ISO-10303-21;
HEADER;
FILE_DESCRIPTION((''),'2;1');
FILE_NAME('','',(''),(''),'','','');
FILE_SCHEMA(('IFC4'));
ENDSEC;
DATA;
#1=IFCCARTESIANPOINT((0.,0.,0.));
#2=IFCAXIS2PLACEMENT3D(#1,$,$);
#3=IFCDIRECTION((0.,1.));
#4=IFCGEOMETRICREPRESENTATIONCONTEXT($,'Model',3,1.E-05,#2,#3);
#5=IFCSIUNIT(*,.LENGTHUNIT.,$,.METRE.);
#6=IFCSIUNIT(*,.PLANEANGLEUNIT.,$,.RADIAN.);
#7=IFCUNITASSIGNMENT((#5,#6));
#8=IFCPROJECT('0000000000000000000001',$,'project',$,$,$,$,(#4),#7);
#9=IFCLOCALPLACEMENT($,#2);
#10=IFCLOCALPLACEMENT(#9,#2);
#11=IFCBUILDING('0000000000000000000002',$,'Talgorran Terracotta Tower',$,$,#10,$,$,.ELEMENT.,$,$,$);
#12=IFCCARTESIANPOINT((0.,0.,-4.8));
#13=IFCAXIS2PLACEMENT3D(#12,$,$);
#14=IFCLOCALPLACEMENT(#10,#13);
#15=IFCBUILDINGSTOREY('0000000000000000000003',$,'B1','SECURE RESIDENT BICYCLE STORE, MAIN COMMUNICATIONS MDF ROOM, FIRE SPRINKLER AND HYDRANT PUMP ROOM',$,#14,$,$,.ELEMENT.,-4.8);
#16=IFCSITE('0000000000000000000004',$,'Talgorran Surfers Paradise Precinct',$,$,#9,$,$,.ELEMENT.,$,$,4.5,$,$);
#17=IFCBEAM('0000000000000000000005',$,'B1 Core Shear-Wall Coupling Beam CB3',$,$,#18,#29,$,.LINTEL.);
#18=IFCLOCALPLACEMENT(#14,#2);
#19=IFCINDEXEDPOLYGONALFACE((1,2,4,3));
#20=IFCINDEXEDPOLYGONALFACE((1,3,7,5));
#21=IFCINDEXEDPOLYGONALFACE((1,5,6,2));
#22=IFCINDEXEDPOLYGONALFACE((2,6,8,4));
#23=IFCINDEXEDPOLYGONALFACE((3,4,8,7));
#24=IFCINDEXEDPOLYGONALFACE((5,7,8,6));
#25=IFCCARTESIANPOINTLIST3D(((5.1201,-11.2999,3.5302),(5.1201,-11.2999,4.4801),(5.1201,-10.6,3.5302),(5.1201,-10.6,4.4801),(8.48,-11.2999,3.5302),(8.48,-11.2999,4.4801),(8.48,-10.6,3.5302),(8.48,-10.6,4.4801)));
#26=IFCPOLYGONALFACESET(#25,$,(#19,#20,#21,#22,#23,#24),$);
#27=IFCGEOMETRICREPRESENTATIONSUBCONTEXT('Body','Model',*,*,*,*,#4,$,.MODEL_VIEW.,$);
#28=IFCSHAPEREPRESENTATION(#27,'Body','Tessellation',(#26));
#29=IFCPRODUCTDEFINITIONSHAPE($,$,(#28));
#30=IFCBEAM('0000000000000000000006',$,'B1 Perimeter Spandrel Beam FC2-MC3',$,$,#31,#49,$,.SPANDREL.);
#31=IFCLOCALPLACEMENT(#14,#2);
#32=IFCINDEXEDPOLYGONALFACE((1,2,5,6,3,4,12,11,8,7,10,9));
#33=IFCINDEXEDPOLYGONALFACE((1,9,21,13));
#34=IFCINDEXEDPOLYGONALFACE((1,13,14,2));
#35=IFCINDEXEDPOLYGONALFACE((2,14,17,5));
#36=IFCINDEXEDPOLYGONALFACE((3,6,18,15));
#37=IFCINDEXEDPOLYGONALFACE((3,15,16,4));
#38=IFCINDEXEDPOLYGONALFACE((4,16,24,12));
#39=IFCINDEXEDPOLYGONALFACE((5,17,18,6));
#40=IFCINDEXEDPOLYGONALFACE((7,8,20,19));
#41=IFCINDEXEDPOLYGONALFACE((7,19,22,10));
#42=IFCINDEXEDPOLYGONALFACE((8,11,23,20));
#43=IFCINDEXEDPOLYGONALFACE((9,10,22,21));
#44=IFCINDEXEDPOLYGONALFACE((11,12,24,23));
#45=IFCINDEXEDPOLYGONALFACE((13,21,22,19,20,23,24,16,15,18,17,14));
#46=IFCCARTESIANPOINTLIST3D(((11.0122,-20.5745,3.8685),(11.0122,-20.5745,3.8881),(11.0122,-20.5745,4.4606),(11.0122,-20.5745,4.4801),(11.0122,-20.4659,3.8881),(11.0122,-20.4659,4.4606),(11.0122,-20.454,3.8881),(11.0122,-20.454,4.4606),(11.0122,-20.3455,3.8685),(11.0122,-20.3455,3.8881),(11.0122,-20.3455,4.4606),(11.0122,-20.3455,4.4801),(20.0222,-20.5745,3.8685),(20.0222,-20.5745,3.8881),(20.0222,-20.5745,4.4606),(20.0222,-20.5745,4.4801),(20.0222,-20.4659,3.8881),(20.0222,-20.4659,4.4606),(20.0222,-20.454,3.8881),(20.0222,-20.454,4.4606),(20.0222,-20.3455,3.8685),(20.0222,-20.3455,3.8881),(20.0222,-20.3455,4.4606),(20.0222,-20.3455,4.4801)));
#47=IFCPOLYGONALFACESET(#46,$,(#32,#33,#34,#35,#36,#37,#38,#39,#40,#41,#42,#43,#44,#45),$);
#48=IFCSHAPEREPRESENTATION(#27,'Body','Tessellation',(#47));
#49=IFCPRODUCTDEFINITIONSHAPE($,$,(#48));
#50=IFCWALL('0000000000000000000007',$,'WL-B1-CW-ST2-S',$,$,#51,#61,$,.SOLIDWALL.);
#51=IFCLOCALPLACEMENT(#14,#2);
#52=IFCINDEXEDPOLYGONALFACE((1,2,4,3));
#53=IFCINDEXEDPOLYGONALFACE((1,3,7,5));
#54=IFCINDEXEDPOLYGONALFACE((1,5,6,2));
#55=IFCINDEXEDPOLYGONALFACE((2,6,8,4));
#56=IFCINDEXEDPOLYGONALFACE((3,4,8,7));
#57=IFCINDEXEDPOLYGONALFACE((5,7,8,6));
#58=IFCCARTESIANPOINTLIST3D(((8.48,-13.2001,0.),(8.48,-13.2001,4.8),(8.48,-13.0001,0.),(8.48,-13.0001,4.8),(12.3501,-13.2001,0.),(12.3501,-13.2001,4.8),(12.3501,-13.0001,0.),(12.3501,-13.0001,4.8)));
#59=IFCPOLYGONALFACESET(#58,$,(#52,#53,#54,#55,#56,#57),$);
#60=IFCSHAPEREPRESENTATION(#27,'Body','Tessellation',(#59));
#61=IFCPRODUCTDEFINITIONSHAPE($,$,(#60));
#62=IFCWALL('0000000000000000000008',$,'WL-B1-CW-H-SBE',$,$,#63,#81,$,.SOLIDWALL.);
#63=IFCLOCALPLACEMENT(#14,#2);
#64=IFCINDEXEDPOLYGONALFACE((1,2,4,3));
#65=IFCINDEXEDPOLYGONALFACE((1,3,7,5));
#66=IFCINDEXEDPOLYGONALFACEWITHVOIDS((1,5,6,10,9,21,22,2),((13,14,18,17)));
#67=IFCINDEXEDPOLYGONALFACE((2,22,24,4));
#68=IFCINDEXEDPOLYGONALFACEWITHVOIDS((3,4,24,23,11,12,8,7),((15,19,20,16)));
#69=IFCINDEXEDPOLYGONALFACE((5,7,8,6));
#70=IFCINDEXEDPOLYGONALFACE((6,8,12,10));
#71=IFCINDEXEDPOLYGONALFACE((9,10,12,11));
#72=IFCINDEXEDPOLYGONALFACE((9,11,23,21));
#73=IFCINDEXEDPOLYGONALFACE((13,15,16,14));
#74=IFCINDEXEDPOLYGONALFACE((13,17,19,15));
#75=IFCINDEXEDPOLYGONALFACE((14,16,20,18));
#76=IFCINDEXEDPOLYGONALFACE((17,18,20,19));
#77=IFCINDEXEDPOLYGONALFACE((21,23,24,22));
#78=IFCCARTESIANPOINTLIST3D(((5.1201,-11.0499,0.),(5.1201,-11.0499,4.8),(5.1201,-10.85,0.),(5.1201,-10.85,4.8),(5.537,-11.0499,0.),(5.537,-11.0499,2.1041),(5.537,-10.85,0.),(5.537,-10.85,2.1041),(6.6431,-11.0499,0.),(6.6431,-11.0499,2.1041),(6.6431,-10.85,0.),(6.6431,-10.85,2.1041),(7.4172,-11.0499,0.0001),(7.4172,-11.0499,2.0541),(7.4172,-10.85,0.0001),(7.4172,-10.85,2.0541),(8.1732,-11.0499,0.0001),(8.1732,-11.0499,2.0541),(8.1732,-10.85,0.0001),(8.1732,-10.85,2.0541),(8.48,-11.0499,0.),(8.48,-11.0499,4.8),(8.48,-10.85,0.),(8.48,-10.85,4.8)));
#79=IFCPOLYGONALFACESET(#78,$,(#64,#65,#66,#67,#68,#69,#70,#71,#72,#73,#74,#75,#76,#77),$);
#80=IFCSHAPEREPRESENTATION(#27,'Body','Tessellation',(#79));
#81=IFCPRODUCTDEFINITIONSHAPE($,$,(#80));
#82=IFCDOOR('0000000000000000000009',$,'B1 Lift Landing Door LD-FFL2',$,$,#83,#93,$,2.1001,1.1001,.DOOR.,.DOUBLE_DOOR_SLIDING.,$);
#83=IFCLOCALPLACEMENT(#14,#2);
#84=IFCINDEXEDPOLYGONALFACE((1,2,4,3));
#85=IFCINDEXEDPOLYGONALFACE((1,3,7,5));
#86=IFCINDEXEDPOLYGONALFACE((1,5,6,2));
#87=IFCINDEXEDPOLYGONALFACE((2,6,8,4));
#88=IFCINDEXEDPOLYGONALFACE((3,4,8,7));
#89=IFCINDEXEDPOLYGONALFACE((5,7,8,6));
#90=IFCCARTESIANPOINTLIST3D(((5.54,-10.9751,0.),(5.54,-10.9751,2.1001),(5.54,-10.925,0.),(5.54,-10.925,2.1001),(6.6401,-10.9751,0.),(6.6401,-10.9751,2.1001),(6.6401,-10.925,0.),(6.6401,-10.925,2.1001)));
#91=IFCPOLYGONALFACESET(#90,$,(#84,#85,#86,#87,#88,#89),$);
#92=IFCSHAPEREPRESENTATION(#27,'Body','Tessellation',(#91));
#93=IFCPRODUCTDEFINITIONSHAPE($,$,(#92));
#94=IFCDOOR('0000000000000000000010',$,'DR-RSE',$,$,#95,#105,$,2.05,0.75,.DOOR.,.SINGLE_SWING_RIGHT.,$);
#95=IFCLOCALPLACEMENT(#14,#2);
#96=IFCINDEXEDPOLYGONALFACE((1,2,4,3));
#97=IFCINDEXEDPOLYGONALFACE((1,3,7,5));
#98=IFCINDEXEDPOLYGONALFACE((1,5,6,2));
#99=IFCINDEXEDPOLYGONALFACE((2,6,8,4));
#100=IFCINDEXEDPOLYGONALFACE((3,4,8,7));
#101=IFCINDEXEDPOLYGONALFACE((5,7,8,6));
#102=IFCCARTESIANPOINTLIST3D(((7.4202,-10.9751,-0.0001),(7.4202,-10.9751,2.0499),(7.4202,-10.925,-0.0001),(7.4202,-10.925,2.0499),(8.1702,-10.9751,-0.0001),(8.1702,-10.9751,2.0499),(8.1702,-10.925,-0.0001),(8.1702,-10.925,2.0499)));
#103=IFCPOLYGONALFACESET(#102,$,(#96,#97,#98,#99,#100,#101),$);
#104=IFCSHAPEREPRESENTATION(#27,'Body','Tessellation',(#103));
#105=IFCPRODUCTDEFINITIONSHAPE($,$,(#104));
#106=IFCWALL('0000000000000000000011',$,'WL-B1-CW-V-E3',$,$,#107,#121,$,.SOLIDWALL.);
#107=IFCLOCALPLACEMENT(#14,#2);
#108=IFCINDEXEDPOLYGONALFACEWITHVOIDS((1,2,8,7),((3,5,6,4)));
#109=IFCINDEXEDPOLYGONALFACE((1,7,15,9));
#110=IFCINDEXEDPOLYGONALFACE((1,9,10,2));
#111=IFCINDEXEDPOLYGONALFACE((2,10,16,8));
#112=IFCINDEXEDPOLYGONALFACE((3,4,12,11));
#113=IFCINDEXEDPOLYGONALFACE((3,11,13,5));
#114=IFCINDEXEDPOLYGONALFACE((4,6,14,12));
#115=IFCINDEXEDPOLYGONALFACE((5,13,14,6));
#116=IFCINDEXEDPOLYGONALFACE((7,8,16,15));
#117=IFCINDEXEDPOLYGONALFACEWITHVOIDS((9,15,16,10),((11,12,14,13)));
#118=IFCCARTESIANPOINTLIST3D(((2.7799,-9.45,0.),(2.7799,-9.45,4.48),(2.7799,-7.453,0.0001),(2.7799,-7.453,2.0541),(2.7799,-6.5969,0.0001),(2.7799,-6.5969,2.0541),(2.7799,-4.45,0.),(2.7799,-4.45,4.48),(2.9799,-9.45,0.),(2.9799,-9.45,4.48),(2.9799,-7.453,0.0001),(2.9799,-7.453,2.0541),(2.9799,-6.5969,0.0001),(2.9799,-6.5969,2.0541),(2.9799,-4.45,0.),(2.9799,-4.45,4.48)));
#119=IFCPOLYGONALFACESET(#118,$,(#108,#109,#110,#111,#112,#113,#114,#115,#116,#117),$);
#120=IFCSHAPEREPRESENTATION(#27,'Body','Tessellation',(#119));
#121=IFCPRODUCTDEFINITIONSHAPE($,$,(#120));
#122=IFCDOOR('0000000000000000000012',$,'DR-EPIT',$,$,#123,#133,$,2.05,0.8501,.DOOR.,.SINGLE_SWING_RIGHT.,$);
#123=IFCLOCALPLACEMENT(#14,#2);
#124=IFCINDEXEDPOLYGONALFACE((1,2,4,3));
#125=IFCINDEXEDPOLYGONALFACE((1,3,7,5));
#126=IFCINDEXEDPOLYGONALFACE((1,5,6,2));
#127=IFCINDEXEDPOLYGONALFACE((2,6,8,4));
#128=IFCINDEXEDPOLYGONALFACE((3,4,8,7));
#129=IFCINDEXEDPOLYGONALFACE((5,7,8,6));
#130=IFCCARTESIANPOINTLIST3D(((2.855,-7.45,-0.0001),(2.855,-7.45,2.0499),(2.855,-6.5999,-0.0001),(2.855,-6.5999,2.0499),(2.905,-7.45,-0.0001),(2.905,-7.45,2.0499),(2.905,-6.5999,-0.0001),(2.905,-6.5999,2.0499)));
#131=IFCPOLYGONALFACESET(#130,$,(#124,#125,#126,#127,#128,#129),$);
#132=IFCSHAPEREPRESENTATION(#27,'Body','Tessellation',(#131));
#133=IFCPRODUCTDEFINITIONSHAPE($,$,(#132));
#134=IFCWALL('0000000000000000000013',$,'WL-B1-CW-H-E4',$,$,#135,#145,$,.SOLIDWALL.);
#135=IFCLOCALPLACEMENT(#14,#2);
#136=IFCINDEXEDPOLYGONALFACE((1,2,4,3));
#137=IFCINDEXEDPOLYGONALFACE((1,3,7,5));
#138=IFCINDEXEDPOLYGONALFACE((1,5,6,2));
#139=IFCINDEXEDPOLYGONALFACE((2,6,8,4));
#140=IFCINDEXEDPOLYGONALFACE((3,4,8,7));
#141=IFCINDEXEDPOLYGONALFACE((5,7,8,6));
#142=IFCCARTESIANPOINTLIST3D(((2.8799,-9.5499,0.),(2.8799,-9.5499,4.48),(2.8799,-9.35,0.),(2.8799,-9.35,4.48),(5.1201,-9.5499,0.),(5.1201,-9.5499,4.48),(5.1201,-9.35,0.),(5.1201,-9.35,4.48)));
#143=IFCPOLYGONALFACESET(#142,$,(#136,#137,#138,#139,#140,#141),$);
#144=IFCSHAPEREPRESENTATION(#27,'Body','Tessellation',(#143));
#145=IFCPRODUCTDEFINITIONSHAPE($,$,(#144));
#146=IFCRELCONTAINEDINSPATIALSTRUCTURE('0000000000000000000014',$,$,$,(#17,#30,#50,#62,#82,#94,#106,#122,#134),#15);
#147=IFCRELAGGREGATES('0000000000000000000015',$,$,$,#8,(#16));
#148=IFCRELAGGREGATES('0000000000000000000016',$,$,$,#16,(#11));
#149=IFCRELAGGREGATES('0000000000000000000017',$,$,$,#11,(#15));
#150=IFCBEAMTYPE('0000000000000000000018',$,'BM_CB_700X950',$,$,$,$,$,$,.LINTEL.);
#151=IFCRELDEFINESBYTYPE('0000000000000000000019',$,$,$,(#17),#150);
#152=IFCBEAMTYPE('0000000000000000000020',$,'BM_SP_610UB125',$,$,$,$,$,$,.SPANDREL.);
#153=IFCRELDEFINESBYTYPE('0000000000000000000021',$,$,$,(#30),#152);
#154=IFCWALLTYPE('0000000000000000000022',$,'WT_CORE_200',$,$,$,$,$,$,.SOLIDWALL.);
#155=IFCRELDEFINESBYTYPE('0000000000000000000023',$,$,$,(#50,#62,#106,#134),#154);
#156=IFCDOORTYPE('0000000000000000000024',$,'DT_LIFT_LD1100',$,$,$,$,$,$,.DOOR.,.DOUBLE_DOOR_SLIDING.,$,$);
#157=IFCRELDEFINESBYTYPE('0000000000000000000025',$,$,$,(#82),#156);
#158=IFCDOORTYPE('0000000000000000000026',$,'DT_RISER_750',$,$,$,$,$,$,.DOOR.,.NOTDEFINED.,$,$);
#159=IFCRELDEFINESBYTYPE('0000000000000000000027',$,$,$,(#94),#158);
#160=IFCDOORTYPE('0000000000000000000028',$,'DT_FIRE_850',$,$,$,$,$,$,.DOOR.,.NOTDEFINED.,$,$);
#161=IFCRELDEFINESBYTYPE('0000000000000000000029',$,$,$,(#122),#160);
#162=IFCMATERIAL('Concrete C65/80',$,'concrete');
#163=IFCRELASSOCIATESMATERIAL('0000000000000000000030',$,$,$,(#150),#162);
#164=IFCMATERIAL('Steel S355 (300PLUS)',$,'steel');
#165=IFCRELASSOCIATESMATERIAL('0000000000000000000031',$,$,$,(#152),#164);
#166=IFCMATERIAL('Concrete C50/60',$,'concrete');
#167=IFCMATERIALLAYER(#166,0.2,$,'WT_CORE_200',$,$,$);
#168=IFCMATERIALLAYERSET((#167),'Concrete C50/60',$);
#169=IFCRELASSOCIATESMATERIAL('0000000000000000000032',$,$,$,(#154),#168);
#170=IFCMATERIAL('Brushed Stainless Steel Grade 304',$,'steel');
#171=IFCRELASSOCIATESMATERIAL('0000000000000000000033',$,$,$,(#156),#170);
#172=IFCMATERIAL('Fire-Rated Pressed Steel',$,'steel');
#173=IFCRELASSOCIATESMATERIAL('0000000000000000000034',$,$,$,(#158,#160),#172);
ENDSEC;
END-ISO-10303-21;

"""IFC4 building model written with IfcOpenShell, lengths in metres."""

from ifc_helpers import new_model, si_unit, direction, frame, frame_2d, origin, origin_2d, place, context, subcontext, project, spatial, rectangle, i_section, extrude, material, layer, layer_set, material_profile, profile_set, type_object, element, fill, save


model = new_model("IFC4")

# Units and contexts
model_context = context("Model", 3, precision=1e-05, world=origin(), true_north=direction((0.0, 1.0)))
body_context = subcontext(model_context, "Body", "Model", "MODEL_VIEW")
ifc_project = project(units=[si_unit("LENGTHUNIT", "METRE"), si_unit("PLANEANGLEUNIT", "RADIAN")], contexts=[model_context])

# Site, building, storey
site_placement = place(None, origin())
site = spatial("IfcSite", under=ifc_project, at=site_placement, Name="Talgorran Surfers Paradise Precinct", CompositionType="ELEMENT", RefElevation=4.5)
building_placement = place(site_placement, origin())
building = spatial("IfcBuilding", under=site, at=building_placement, Name="Talgorran Terracotta Tower", CompositionType="ELEMENT")
storey_placement = place(building_placement, frame((0.0, 0.0, -4.8)))
storey = spatial("IfcBuildingStorey", under=building, at=storey_placement, Name="B1", Description="SECURE RESIDENT BICYCLE STORE, MAIN COMMUNICATIONS MDF ROOM, FIRE SPRINKLER AND HYDRANT PUMP ROOM", CompositionType="ELEMENT", Elevation=-4.8)

# Shared definitions
ifc_material_1 = material(Name="Concrete C50/60", Category="concrete")

# Beams
ifc_material_2 = material(Name="Concrete C65/80", Category="concrete")
ifc_material_profile_1 = material_profile(ifc_material_2, rectangle(XDim=0.7, YDim=0.95, at=origin_2d()), Name="RCCB700X950")
ifc_profile_set_1 = profile_set([ifc_material_profile_1], Name="Concrete C65/80")
beam_type_1 = type_object("IfcBeamType", Name="BM_CB_700X950", PredefinedType="LINTEL", material=ifc_profile_set_1)
beam_1_placement = place(storey_placement, frame((5.1201, -10.95, 4.0051), z_axis=(1.0, 0.0, 0.0), x_axis=(0.0, 1.0, 0.0)))
element("IfcBeam", 1, at=beam_1_placement, inside=storey, type_object=beam_type_1, Name="B1 Core Shear-Wall Coupling Beam CB3", PredefinedType="LINTEL", context=body_context, shape_type="SweptSolid", body=[
    extrude(rectangle(XDim=0.7, YDim=0.95, at=origin_2d()), origin(), (0.0, 0.0, 1.0), 3.3599),
])
ifc_material_3 = material(Name="Steel S355 (300PLUS)", Category="steel")
ifc_material_profile_2 = material_profile(ifc_material_3, i_section(OverallWidth=0.229, OverallDepth=0.6116, WebThickness=0.012, FlangeThickness=0.0195, at=origin_2d()), Name="610UB125")
ifc_profile_set_2 = profile_set([ifc_material_profile_2], Name="Steel S355 (300PLUS)")
beam_type_2 = type_object("IfcBeamType", Name="BM_SP_610UB125", PredefinedType="SPANDREL", material=ifc_profile_set_2)
beam_2_placement = place(storey_placement, frame((11.0122, -20.46, 4.1743), z_axis=(1.0, 0.0, 0.0), x_axis=(0.0, 1.0, 0.0)))
element("IfcBeam", 2, at=beam_2_placement, inside=storey, type_object=beam_type_2, Name="B1 Perimeter Spandrel Beam FC2-MC3", PredefinedType="SPANDREL", context=body_context, shape_type="SweptSolid", body=[
    extrude(i_section(OverallWidth=0.229, OverallDepth=0.6116, WebThickness=0.012, FlangeThickness=0.0195, at=origin_2d()), origin(), (0.0, 0.0, 1.0), 9.01),
])

# Wall
ifc_layer_1 = layer(ifc_material_1, 0.2, Name="WT_CORE_200")
ifc_layer_set_1 = layer_set([ifc_layer_1], Name="Concrete C50/60")
wall_type_1 = type_object("IfcWallType", Name="WT_CORE_200", PredefinedType="SOLIDWALL", material=ifc_layer_set_1)
wall_1_placement = place(storey_placement, frame((8.48, -13.1001, 0.0), z_axis=(0.0, 0.0, 1.0), x_axis=(1.0, 0.0, 0.0)))
element("IfcWall", 3, at=wall_1_placement, inside=storey, type_object=wall_type_1, Name="WL-B1-CW-ST2-S", PredefinedType="SOLIDWALL", context=body_context, shape_type="SweptSolid", body=[
    extrude(rectangle(XDim=3.8701, YDim=0.2, at=frame_2d((1.9351, 0.0))), origin(), (0.0, 0.0, 1.0), 4.8),
])

# Wall, openings, doors
wall_2_placement = place(storey_placement, frame((5.1201, -10.95, 0.0), z_axis=(0.0, 0.0, 1.0), x_axis=(1.0, 0.0, 0.0)))
wall_2 = element("IfcWall", 4, at=wall_2_placement, inside=storey, type_object=wall_type_1, Name="WL-B1-CW-H-SBE", PredefinedType="SOLIDWALL", context=body_context, shape_type="SweptSolid", body=[
    extrude(rectangle(XDim=3.3599, YDim=0.2, at=frame_2d((1.6799, 0.0))), origin(), (0.0, 0.0, 1.0), 4.8),
])
opening_1_placement = place(wall_2_placement, frame((0.4199, 0.0, 0.0)))
opening_1 = element("IfcOpeningElement", 5, at=opening_1_placement, cuts=wall_2, PredefinedType="OPENING", context=body_context, shape_type="SweptSolid", body=[
    extrude(rectangle(XDim=1.1061, YDim=2.1041, at=frame_2d((0.55, 1.052))), frame((0.0, 0.1099, 0.0), z_axis=(0.0, -1.0, 0.0), x_axis=(1.0, 0.0, 0.0)), (0.0, 0.0, 1.0), 0.22),
])
opening_2_placement = place(wall_2_placement, frame((2.3, 0.0, 0.0)))
opening_2 = element("IfcOpeningElement", 6, at=opening_2_placement, cuts=wall_2, PredefinedType="OPENING", context=body_context, shape_type="SweptSolid", body=[
    extrude(rectangle(XDim=0.756, YDim=2.054, at=frame_2d((0.375, 1.0271))), frame((0.0, 0.1099, 0.0), z_axis=(0.0, -1.0, 0.0), x_axis=(1.0, 0.0, 0.0)), (0.0, 0.0, 1.0), 0.22),
])
ifc_material_4 = material(Name="Brushed Stainless Steel Grade 304", Category="steel")
door_type_1 = type_object("IfcDoorType", Name="DT_LIFT_LD1100", OperationType="DOUBLE_DOOR_SLIDING", PredefinedType="DOOR", material=ifc_material_4)
door_1_placement = place(opening_1_placement, origin())
door_1 = element("IfcDoor", 7, at=door_1_placement, inside=storey, type_object=door_type_1, Name="B1 Lift Landing Door LD-FFL2", OperationType="DOUBLE_DOOR_SLIDING", OverallHeight=2.1001, OverallWidth=1.1001, PredefinedType="DOOR", context=body_context, shape_type="SweptSolid", body=[
    extrude(rectangle(XDim=1.1001, YDim=2.1001, at=frame_2d((0.55, 1.05))), frame((0.0, 0.0249, 0.0), z_axis=(0.0, -1.0, 0.0), x_axis=(1.0, 0.0, 0.0)), (0.0, 0.0, 1.0), 0.05),
])
fill(opening_1, door_1)
ifc_material_5 = material(Name="Fire-Rated Pressed Steel", Category="steel")
door_type_2 = type_object("IfcDoorType", Name="DT_RISER_750", OperationType="NOTDEFINED", PredefinedType="DOOR", material=ifc_material_5)
door_2_placement = place(opening_2_placement, origin())
door_2 = element("IfcDoor", 8, at=door_2_placement, inside=storey, type_object=door_type_2, Name="DR-RSE", OperationType="SINGLE_SWING_RIGHT", OverallHeight=2.05, OverallWidth=0.75, PredefinedType="DOOR", context=body_context, shape_type="SweptSolid", body=[
    extrude(rectangle(XDim=0.75, YDim=2.05, at=frame_2d((0.375, 1.0249))), frame((0.0, 0.0249, 0.0), z_axis=(0.0, -1.0, 0.0), x_axis=(1.0, 0.0, 0.0)), (0.0, 0.0, 1.0), 0.05),
])
fill(opening_2, door_2)

# Wall, opening, door
wall_3_placement = place(storey_placement, frame((2.8799, -9.45, 0.0), z_axis=(0.0, 0.0, 1.0), x_axis=(0.0, 1.0, 0.0)))
wall_3 = element("IfcWall", 9, at=wall_3_placement, inside=storey, type_object=wall_type_1, Name="WL-B1-CW-V-E3", PredefinedType="SOLIDWALL", context=body_context, shape_type="SweptSolid", body=[
    extrude(rectangle(XDim=5.0, YDim=0.2, at=frame_2d((2.5, 0.0))), origin(), (0.0, 0.0, 1.0), 4.48),
])
opening_3_placement = place(wall_3_placement, frame((2.0, 0.0, 0.0)))
opening_3 = element("IfcOpeningElement", 10, at=opening_3_placement, cuts=wall_3, PredefinedType="OPENING", context=body_context, shape_type="SweptSolid", body=[
    extrude(rectangle(XDim=0.8561, YDim=2.054, at=frame_2d((0.425, 1.0271))), frame((0.0, 0.1099, 0.0), z_axis=(0.0, -1.0, 0.0), x_axis=(1.0, 0.0, 0.0)), (0.0, 0.0, 1.0), 0.22),
])
door_type_3 = type_object("IfcDoorType", Name="DT_FIRE_850", OperationType="NOTDEFINED", PredefinedType="DOOR", material=ifc_material_5)
door_3_placement = place(opening_3_placement, origin())
door_3 = element("IfcDoor", 11, at=door_3_placement, inside=storey, type_object=door_type_3, Name="DR-EPIT", OperationType="SINGLE_SWING_RIGHT", OverallHeight=2.05, OverallWidth=0.8501, PredefinedType="DOOR", context=body_context, shape_type="SweptSolid", body=[
    extrude(rectangle(XDim=0.8501, YDim=2.05, at=frame_2d((0.425, 1.0249))), frame((0.0, 0.0249, 0.0), z_axis=(0.0, -1.0, 0.0), x_axis=(1.0, 0.0, 0.0)), (0.0, 0.0, 1.0), 0.05),
])
fill(opening_3, door_3)

# Wall
wall_4_placement = place(storey_placement, frame((2.8799, -9.45, 0.0), z_axis=(0.0, 0.0, 1.0), x_axis=(1.0, 0.0, 0.0)))
element("IfcWall", 12, at=wall_4_placement, inside=storey, type_object=wall_type_1, Name="WL-B1-CW-H-E4", PredefinedType="SOLIDWALL", context=body_context, shape_type="SweptSolid", body=[
    extrude(rectangle(XDim=2.2402, YDim=0.2, at=frame_2d((1.1201, 0.0))), origin(), (0.0, 0.0, 1.0), 4.48),
])

save(model, "model.ifc")
